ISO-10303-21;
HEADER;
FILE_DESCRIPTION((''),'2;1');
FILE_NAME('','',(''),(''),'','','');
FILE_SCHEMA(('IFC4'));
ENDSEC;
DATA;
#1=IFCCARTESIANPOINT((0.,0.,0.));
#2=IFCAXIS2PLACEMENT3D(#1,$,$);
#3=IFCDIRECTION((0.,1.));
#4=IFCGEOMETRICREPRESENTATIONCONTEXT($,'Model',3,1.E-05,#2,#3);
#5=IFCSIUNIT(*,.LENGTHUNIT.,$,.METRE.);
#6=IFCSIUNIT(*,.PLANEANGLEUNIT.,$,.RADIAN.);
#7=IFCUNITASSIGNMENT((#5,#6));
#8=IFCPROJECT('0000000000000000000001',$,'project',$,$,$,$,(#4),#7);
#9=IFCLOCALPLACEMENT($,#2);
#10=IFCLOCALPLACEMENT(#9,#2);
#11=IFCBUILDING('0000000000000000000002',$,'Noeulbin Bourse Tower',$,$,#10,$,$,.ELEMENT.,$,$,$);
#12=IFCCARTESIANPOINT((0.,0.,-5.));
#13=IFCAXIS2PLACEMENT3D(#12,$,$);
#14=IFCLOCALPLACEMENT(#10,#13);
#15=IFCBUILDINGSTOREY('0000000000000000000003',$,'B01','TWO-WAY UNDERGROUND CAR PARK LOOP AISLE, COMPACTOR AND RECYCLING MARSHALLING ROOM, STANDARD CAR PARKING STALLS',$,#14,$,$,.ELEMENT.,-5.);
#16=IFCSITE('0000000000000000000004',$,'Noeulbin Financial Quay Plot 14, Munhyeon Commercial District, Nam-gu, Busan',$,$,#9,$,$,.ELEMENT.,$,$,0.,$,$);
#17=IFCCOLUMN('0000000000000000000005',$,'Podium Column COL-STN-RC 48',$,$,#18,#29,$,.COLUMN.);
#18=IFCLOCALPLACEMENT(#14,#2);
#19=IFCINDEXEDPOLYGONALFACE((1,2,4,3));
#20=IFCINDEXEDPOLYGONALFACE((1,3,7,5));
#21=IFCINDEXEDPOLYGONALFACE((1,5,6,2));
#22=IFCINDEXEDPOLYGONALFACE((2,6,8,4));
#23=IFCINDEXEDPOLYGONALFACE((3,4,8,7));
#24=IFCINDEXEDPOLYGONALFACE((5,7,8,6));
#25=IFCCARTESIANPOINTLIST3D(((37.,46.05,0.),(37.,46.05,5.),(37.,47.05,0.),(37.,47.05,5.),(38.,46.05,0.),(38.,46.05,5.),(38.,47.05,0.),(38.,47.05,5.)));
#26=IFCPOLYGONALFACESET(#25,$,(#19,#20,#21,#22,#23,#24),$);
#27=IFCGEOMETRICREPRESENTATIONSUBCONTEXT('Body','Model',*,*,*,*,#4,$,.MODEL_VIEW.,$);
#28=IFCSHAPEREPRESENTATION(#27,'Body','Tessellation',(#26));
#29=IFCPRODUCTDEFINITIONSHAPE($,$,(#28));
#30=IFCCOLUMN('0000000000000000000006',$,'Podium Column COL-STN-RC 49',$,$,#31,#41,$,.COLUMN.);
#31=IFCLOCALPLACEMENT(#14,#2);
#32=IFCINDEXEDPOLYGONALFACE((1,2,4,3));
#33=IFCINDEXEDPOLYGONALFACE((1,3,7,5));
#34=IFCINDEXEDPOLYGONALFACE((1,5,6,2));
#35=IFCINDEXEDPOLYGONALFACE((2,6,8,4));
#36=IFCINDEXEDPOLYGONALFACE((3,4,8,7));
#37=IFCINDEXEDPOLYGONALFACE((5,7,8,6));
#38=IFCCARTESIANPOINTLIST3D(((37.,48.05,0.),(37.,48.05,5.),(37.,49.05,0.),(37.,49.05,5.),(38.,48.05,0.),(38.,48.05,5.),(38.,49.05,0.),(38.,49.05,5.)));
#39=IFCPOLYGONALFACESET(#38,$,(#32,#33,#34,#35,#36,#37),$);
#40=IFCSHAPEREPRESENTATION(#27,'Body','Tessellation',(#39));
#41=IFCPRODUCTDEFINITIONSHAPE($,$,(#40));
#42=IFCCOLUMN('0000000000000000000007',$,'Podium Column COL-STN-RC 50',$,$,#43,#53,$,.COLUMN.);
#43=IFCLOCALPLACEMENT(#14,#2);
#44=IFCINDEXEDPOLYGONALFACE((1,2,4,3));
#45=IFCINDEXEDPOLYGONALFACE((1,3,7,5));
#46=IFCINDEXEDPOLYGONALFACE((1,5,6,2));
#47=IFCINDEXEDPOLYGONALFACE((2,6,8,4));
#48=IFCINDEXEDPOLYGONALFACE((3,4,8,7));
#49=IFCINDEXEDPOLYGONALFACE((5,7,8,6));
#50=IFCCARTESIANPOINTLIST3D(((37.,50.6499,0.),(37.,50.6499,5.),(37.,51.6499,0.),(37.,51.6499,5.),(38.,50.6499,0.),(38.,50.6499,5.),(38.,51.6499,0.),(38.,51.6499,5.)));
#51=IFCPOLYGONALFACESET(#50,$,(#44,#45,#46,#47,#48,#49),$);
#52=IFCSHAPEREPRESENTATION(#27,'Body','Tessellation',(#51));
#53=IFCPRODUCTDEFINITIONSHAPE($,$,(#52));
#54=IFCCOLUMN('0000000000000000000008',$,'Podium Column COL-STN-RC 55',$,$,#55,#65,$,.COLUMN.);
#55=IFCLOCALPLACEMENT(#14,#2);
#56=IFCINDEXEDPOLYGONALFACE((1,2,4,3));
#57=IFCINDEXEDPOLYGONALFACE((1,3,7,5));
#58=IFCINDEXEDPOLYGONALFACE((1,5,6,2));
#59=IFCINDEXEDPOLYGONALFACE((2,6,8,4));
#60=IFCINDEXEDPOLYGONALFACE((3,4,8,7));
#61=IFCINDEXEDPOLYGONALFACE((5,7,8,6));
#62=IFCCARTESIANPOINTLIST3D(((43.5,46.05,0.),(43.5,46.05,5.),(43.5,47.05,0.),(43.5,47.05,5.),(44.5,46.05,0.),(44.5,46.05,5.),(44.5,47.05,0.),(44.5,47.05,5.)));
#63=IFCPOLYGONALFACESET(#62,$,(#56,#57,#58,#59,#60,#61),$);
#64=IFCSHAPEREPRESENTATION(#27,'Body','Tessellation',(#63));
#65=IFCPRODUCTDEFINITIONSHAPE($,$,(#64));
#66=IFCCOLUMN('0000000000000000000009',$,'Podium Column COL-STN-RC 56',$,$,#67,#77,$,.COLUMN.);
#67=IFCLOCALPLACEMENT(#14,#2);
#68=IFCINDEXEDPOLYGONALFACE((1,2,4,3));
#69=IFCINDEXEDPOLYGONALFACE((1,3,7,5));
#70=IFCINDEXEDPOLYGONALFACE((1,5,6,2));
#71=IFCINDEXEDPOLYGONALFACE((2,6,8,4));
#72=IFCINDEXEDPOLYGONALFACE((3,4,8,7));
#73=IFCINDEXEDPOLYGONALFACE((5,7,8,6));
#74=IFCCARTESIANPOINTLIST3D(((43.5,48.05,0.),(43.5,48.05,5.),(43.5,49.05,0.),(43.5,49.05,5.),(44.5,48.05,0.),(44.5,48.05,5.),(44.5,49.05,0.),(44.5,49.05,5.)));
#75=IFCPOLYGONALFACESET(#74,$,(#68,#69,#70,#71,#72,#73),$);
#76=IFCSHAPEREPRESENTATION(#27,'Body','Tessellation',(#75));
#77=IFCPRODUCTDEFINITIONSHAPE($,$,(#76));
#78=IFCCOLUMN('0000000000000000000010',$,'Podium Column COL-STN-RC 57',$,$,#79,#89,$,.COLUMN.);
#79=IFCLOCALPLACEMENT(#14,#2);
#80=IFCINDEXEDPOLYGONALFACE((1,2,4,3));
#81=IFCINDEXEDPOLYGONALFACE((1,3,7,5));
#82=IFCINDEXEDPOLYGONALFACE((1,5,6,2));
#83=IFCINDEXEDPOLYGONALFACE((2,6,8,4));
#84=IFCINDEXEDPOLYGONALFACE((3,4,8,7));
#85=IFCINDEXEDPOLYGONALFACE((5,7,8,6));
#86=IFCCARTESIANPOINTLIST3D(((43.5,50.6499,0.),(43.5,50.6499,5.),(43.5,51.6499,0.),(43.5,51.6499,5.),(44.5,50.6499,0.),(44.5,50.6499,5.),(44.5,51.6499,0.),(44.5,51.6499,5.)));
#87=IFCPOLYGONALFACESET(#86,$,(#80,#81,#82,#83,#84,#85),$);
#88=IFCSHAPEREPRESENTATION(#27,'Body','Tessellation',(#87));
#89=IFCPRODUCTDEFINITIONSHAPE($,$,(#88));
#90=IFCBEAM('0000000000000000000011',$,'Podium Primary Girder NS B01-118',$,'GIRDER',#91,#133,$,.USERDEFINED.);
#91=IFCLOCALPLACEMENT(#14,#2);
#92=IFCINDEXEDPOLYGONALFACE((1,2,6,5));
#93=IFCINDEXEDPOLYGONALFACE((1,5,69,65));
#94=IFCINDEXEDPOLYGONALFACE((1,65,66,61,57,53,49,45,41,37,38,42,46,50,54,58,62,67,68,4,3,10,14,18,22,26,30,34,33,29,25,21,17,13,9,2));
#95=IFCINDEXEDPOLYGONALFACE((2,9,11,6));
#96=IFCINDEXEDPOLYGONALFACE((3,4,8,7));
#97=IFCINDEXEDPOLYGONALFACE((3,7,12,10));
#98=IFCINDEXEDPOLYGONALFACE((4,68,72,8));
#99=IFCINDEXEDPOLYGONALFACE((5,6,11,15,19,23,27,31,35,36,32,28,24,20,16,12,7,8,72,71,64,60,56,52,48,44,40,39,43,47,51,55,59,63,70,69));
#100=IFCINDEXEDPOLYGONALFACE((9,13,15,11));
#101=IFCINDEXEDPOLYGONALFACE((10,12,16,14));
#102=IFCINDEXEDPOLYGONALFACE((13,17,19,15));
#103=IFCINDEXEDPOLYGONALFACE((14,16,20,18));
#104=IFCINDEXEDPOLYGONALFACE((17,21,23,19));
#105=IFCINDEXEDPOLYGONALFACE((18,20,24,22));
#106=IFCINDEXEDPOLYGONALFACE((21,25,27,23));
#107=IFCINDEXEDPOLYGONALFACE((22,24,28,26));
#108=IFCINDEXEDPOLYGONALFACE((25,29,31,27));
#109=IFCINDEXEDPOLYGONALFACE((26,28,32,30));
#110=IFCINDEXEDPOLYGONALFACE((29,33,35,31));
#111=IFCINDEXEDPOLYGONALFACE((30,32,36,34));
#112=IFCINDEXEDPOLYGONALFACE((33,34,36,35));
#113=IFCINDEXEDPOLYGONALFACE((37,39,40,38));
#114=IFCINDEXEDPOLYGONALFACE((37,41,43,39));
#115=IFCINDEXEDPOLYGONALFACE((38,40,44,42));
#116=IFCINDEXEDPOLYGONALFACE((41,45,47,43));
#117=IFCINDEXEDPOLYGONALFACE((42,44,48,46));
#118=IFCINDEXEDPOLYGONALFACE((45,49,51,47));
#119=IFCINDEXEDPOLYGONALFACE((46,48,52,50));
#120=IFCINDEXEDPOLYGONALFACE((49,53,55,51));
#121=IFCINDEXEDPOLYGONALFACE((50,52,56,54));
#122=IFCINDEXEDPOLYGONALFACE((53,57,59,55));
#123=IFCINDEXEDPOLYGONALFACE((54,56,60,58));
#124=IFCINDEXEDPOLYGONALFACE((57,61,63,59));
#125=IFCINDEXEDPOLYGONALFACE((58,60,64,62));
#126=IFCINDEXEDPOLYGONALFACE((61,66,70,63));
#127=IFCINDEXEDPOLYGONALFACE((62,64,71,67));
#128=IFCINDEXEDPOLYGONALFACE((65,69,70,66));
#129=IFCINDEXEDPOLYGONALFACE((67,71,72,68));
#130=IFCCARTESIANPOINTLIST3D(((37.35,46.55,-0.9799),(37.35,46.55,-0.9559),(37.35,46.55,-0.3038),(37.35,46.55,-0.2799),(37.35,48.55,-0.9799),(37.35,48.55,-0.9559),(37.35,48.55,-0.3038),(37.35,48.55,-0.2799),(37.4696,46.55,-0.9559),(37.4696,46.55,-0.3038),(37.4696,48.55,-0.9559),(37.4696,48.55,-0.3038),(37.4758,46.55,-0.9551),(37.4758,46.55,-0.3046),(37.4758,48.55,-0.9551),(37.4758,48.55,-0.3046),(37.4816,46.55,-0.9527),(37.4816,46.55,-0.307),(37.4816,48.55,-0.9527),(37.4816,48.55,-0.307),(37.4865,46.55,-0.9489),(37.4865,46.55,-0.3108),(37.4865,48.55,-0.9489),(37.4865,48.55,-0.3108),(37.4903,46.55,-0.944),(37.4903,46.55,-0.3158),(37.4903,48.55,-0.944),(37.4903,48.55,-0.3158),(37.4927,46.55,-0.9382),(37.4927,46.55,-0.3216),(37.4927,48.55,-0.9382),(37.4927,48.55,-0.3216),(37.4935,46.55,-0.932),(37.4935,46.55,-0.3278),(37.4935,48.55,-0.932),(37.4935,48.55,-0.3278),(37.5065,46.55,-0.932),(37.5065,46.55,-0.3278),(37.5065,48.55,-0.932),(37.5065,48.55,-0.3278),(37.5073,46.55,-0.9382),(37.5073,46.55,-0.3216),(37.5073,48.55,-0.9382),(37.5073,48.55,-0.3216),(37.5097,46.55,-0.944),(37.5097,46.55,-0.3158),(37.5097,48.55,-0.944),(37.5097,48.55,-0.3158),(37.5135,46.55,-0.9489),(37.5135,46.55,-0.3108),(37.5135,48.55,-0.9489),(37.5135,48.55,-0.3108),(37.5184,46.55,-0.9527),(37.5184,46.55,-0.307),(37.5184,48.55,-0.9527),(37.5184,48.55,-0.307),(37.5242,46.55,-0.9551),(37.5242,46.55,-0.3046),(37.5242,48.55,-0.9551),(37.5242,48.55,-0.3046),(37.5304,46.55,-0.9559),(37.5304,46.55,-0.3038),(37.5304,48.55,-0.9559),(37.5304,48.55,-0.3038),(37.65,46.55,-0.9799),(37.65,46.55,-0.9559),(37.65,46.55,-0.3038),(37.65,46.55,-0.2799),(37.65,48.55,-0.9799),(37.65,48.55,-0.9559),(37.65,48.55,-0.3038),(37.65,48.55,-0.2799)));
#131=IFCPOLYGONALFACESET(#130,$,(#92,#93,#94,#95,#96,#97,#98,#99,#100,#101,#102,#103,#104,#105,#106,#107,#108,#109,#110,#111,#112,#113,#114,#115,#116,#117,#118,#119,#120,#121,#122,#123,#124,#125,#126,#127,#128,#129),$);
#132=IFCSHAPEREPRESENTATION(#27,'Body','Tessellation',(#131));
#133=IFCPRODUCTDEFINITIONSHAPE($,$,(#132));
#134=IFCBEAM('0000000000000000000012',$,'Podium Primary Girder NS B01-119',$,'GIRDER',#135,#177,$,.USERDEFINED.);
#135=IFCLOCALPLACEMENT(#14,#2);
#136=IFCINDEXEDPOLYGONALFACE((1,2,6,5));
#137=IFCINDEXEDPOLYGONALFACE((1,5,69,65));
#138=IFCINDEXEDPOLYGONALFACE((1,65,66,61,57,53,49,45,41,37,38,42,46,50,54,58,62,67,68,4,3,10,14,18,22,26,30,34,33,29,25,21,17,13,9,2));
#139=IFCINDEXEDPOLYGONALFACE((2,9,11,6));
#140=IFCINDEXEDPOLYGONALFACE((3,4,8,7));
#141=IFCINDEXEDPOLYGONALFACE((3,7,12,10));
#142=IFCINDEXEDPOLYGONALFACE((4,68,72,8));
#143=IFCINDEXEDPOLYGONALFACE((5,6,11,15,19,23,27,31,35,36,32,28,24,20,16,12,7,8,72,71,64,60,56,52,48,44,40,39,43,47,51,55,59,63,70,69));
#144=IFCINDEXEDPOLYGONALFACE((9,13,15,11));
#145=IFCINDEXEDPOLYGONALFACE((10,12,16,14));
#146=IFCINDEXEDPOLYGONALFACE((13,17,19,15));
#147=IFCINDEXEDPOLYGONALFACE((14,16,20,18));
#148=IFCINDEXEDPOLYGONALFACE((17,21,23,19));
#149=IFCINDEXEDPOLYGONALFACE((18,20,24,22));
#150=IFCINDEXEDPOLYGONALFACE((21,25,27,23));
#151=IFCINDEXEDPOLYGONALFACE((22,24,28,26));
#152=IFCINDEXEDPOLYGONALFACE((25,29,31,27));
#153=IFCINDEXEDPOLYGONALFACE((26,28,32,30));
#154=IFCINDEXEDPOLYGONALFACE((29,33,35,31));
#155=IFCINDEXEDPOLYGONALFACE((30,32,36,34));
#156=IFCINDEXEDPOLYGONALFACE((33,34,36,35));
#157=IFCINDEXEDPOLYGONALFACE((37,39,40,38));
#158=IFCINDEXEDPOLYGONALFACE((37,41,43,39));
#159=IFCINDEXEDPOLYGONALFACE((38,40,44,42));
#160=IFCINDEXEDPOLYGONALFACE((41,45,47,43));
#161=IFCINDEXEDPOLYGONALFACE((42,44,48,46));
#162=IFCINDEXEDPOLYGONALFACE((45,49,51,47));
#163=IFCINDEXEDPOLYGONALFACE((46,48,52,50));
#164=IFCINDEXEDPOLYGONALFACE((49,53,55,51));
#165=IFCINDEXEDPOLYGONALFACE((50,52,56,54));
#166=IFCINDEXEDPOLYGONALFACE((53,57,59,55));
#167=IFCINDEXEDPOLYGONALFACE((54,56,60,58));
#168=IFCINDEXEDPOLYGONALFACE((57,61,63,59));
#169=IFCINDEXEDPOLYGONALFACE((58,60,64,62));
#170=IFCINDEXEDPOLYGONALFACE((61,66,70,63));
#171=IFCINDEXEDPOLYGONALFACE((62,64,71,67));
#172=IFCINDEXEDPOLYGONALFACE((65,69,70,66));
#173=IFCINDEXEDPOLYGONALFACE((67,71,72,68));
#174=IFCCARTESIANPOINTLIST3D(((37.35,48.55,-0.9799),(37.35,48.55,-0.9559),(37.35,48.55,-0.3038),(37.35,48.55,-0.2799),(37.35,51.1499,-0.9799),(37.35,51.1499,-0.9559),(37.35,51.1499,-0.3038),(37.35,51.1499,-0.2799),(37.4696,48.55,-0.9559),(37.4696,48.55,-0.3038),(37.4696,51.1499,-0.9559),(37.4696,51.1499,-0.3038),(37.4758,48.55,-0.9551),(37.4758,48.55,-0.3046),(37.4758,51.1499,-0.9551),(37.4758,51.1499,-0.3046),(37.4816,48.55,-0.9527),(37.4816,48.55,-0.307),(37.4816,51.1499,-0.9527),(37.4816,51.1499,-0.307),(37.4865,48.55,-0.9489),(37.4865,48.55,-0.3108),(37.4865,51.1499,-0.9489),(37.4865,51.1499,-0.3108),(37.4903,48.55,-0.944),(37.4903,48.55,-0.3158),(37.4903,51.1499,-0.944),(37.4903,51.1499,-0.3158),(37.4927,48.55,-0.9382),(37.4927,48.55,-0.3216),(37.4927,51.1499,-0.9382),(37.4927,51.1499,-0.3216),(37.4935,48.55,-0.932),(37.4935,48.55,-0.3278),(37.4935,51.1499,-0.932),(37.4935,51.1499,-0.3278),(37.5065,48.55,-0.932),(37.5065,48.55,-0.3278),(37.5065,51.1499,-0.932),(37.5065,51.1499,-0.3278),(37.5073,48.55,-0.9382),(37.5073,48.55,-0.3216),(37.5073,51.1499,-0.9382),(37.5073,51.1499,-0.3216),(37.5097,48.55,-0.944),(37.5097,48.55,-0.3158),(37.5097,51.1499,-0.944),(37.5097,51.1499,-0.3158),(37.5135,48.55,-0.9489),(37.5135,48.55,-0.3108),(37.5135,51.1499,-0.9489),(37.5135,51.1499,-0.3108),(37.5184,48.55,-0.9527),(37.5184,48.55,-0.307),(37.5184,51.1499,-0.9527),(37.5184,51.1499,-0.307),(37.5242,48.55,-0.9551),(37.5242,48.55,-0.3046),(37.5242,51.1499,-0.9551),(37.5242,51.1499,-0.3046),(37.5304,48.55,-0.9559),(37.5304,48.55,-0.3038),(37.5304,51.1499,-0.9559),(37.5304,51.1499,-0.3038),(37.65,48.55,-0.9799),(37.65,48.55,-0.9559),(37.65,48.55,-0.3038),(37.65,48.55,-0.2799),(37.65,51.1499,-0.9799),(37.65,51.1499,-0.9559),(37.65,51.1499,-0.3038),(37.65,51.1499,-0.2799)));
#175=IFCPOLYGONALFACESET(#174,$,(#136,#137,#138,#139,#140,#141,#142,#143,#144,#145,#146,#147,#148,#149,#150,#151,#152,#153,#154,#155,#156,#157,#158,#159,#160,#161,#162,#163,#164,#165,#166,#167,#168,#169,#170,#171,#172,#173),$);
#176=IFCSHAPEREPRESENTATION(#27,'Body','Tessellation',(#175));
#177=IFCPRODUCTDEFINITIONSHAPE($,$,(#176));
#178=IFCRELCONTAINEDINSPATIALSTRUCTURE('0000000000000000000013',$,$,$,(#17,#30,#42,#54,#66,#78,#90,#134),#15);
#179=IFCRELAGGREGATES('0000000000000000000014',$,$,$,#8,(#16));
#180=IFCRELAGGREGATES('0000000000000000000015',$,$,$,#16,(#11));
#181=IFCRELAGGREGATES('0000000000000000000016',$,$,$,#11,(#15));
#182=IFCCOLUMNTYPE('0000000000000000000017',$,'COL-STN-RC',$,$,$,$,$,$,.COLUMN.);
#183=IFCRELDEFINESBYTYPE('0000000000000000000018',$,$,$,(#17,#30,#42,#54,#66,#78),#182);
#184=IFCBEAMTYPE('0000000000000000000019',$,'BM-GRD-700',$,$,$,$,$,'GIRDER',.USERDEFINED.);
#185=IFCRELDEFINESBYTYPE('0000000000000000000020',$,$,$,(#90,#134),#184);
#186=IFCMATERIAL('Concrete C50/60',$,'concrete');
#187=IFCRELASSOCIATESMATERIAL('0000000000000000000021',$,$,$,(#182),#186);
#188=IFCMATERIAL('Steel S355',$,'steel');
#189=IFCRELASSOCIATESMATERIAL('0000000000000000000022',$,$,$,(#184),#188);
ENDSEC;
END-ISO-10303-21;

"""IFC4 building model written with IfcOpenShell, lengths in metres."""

from ifc_helpers import new_model, si_unit, direction, frame, origin, origin_2d, place, context, subcontext, project, spatial, rectangle, i_section, extrude, material, material_profile, profile_set, type_object, element, save


model = new_model("IFC4")

# Units and contexts
model_context = context("Model", 3, precision=1e-05, world=origin(), true_north=direction((0.0, 1.0)))
body_context = subcontext(model_context, "Body", "Model", "MODEL_VIEW")
ifc_project = project(units=[si_unit("LENGTHUNIT", "METRE"), si_unit("PLANEANGLEUNIT", "RADIAN")], contexts=[model_context])

# Site, building, storey
site_placement = place(None, origin())
site = spatial("IfcSite", under=ifc_project, at=site_placement, Name="Noeulbin Financial Quay Plot 14, Munhyeon Commercial District, Nam-gu, Busan", CompositionType="ELEMENT", RefElevation=0.0)
building_placement = place(site_placement, origin())
building = spatial("IfcBuilding", under=site, at=building_placement, Name="Noeulbin Bourse Tower", CompositionType="ELEMENT")
storey_placement = place(building_placement, frame((0.0, 0.0, -5.0)))
storey = spatial("IfcBuildingStorey", under=building, at=storey_placement, Name="B01", Description="TWO-WAY UNDERGROUND CAR PARK LOOP AISLE, COMPACTOR AND RECYCLING MARSHALLING ROOM, STANDARD CAR PARKING STALLS", CompositionType="ELEMENT", Elevation=-5.0)

# Columns
ifc_material_1 = material(Name="Concrete C50/60", Category="concrete")
ifc_material_profile_1 = material_profile(ifc_material_1, rectangle(XDim=1.0, YDim=1.0, at=origin_2d()), Name="RC-COL-1000x1000", Category="LoadBearing")
ifc_profile_set_1 = profile_set([ifc_material_profile_1], Name="Concrete C50/60")
column_type = type_object("IfcColumnType", Name="COL-STN-RC", PredefinedType="COLUMN", material=ifc_profile_set_1)
for number, where, z_axis, x_axis, name in (
    (1, (37.5, 46.55, 0.0), (0.0, 0.0, 1.0), (1.0, 0.0, 0.0), "Podium Column COL-STN-RC 48"),
    (2, (37.5, 48.55, 0.0), (0.0, 0.0, 1.0), (1.0, 0.0, 0.0), "Podium Column COL-STN-RC 49"),
    (3, (37.5, 51.1499, 0.0), (0.0, 0.0, 1.0), (1.0, 0.0, 0.0), "Podium Column COL-STN-RC 50"),
    (4, (44.0, 46.55, 0.0), (0.0, 0.0, 1.0), (1.0, 0.0, 0.0), "Podium Column COL-STN-RC 55"),
    (5, (44.0, 48.55, 0.0), (0.0, 0.0, 1.0), (1.0, 0.0, 0.0), "Podium Column COL-STN-RC 56"),
    (6, (44.0, 51.1499, 0.0), (0.0, 0.0, 1.0), (1.0, 0.0, 0.0), "Podium Column COL-STN-RC 57"),
):
    element("IfcColumn", number, at=place(storey_placement, frame(where, z_axis=z_axis, x_axis=x_axis)), inside=storey, type_object=column_type, Name=name, PredefinedType="COLUMN", context=body_context, shape_type="SweptSolid", body=[
        extrude(rectangle(XDim=1.0, YDim=1.0, at=origin_2d()), origin(), (0.0, 0.0, 1.0), 5.0),
    ])

# Beams
ifc_material_2 = material(Name="Steel S355", Category="steel")
ifc_material_profile_2 = material_profile(ifc_material_2, i_section(OverallWidth=0.3, OverallDepth=0.7, WebThickness=0.0129, FlangeThickness=0.0239, FilletRadius=0.0239, at=origin_2d()), Name="H-700x300x13x24", Category="LoadBearing")
ifc_profile_set_2 = profile_set([ifc_material_profile_2], Name="Steel S355")
beam_type_1 = type_object("IfcBeamType", Name="BM-GRD-700", ElementType="GIRDER", PredefinedType="USERDEFINED", material=ifc_profile_set_2)
beam_1_placement = place(storey_placement, frame((37.5, 46.55, -0.6299), z_axis=(0.0, 1.0, 0.0), x_axis=(-1.0, 0.0, 0.0)))
element("IfcBeam", 7, at=beam_1_placement, inside=storey, type_object=beam_type_1, Name="Podium Primary Girder NS B01-118", ObjectType="GIRDER", PredefinedType="USERDEFINED", context=body_context, shape_type="SweptSolid", body=[
    extrude(i_section(OverallWidth=0.3, OverallDepth=0.7, WebThickness=0.0129, FlangeThickness=0.0239, FilletRadius=0.0239, at=origin_2d()), origin(), (0.0, 0.0, 1.0), 2.0),
])
beam_2_placement = place(storey_placement, frame((37.5, 48.55, -0.6299), z_axis=(0.0, 1.0, 0.0), x_axis=(-1.0, 0.0, 0.0)))
element("IfcBeam", 8, at=beam_2_placement, inside=storey, type_object=beam_type_1, Name="Podium Primary Girder NS B01-119", ObjectType="GIRDER", PredefinedType="USERDEFINED", context=body_context, shape_type="SweptSolid", body=[
    extrude(i_section(OverallWidth=0.3, OverallDepth=0.7, WebThickness=0.0129, FlangeThickness=0.0239, FilletRadius=0.0239, at=origin_2d()), origin(), (0.0, 0.0, 1.0), 2.5999),
])

save(model, "model.ifc")
